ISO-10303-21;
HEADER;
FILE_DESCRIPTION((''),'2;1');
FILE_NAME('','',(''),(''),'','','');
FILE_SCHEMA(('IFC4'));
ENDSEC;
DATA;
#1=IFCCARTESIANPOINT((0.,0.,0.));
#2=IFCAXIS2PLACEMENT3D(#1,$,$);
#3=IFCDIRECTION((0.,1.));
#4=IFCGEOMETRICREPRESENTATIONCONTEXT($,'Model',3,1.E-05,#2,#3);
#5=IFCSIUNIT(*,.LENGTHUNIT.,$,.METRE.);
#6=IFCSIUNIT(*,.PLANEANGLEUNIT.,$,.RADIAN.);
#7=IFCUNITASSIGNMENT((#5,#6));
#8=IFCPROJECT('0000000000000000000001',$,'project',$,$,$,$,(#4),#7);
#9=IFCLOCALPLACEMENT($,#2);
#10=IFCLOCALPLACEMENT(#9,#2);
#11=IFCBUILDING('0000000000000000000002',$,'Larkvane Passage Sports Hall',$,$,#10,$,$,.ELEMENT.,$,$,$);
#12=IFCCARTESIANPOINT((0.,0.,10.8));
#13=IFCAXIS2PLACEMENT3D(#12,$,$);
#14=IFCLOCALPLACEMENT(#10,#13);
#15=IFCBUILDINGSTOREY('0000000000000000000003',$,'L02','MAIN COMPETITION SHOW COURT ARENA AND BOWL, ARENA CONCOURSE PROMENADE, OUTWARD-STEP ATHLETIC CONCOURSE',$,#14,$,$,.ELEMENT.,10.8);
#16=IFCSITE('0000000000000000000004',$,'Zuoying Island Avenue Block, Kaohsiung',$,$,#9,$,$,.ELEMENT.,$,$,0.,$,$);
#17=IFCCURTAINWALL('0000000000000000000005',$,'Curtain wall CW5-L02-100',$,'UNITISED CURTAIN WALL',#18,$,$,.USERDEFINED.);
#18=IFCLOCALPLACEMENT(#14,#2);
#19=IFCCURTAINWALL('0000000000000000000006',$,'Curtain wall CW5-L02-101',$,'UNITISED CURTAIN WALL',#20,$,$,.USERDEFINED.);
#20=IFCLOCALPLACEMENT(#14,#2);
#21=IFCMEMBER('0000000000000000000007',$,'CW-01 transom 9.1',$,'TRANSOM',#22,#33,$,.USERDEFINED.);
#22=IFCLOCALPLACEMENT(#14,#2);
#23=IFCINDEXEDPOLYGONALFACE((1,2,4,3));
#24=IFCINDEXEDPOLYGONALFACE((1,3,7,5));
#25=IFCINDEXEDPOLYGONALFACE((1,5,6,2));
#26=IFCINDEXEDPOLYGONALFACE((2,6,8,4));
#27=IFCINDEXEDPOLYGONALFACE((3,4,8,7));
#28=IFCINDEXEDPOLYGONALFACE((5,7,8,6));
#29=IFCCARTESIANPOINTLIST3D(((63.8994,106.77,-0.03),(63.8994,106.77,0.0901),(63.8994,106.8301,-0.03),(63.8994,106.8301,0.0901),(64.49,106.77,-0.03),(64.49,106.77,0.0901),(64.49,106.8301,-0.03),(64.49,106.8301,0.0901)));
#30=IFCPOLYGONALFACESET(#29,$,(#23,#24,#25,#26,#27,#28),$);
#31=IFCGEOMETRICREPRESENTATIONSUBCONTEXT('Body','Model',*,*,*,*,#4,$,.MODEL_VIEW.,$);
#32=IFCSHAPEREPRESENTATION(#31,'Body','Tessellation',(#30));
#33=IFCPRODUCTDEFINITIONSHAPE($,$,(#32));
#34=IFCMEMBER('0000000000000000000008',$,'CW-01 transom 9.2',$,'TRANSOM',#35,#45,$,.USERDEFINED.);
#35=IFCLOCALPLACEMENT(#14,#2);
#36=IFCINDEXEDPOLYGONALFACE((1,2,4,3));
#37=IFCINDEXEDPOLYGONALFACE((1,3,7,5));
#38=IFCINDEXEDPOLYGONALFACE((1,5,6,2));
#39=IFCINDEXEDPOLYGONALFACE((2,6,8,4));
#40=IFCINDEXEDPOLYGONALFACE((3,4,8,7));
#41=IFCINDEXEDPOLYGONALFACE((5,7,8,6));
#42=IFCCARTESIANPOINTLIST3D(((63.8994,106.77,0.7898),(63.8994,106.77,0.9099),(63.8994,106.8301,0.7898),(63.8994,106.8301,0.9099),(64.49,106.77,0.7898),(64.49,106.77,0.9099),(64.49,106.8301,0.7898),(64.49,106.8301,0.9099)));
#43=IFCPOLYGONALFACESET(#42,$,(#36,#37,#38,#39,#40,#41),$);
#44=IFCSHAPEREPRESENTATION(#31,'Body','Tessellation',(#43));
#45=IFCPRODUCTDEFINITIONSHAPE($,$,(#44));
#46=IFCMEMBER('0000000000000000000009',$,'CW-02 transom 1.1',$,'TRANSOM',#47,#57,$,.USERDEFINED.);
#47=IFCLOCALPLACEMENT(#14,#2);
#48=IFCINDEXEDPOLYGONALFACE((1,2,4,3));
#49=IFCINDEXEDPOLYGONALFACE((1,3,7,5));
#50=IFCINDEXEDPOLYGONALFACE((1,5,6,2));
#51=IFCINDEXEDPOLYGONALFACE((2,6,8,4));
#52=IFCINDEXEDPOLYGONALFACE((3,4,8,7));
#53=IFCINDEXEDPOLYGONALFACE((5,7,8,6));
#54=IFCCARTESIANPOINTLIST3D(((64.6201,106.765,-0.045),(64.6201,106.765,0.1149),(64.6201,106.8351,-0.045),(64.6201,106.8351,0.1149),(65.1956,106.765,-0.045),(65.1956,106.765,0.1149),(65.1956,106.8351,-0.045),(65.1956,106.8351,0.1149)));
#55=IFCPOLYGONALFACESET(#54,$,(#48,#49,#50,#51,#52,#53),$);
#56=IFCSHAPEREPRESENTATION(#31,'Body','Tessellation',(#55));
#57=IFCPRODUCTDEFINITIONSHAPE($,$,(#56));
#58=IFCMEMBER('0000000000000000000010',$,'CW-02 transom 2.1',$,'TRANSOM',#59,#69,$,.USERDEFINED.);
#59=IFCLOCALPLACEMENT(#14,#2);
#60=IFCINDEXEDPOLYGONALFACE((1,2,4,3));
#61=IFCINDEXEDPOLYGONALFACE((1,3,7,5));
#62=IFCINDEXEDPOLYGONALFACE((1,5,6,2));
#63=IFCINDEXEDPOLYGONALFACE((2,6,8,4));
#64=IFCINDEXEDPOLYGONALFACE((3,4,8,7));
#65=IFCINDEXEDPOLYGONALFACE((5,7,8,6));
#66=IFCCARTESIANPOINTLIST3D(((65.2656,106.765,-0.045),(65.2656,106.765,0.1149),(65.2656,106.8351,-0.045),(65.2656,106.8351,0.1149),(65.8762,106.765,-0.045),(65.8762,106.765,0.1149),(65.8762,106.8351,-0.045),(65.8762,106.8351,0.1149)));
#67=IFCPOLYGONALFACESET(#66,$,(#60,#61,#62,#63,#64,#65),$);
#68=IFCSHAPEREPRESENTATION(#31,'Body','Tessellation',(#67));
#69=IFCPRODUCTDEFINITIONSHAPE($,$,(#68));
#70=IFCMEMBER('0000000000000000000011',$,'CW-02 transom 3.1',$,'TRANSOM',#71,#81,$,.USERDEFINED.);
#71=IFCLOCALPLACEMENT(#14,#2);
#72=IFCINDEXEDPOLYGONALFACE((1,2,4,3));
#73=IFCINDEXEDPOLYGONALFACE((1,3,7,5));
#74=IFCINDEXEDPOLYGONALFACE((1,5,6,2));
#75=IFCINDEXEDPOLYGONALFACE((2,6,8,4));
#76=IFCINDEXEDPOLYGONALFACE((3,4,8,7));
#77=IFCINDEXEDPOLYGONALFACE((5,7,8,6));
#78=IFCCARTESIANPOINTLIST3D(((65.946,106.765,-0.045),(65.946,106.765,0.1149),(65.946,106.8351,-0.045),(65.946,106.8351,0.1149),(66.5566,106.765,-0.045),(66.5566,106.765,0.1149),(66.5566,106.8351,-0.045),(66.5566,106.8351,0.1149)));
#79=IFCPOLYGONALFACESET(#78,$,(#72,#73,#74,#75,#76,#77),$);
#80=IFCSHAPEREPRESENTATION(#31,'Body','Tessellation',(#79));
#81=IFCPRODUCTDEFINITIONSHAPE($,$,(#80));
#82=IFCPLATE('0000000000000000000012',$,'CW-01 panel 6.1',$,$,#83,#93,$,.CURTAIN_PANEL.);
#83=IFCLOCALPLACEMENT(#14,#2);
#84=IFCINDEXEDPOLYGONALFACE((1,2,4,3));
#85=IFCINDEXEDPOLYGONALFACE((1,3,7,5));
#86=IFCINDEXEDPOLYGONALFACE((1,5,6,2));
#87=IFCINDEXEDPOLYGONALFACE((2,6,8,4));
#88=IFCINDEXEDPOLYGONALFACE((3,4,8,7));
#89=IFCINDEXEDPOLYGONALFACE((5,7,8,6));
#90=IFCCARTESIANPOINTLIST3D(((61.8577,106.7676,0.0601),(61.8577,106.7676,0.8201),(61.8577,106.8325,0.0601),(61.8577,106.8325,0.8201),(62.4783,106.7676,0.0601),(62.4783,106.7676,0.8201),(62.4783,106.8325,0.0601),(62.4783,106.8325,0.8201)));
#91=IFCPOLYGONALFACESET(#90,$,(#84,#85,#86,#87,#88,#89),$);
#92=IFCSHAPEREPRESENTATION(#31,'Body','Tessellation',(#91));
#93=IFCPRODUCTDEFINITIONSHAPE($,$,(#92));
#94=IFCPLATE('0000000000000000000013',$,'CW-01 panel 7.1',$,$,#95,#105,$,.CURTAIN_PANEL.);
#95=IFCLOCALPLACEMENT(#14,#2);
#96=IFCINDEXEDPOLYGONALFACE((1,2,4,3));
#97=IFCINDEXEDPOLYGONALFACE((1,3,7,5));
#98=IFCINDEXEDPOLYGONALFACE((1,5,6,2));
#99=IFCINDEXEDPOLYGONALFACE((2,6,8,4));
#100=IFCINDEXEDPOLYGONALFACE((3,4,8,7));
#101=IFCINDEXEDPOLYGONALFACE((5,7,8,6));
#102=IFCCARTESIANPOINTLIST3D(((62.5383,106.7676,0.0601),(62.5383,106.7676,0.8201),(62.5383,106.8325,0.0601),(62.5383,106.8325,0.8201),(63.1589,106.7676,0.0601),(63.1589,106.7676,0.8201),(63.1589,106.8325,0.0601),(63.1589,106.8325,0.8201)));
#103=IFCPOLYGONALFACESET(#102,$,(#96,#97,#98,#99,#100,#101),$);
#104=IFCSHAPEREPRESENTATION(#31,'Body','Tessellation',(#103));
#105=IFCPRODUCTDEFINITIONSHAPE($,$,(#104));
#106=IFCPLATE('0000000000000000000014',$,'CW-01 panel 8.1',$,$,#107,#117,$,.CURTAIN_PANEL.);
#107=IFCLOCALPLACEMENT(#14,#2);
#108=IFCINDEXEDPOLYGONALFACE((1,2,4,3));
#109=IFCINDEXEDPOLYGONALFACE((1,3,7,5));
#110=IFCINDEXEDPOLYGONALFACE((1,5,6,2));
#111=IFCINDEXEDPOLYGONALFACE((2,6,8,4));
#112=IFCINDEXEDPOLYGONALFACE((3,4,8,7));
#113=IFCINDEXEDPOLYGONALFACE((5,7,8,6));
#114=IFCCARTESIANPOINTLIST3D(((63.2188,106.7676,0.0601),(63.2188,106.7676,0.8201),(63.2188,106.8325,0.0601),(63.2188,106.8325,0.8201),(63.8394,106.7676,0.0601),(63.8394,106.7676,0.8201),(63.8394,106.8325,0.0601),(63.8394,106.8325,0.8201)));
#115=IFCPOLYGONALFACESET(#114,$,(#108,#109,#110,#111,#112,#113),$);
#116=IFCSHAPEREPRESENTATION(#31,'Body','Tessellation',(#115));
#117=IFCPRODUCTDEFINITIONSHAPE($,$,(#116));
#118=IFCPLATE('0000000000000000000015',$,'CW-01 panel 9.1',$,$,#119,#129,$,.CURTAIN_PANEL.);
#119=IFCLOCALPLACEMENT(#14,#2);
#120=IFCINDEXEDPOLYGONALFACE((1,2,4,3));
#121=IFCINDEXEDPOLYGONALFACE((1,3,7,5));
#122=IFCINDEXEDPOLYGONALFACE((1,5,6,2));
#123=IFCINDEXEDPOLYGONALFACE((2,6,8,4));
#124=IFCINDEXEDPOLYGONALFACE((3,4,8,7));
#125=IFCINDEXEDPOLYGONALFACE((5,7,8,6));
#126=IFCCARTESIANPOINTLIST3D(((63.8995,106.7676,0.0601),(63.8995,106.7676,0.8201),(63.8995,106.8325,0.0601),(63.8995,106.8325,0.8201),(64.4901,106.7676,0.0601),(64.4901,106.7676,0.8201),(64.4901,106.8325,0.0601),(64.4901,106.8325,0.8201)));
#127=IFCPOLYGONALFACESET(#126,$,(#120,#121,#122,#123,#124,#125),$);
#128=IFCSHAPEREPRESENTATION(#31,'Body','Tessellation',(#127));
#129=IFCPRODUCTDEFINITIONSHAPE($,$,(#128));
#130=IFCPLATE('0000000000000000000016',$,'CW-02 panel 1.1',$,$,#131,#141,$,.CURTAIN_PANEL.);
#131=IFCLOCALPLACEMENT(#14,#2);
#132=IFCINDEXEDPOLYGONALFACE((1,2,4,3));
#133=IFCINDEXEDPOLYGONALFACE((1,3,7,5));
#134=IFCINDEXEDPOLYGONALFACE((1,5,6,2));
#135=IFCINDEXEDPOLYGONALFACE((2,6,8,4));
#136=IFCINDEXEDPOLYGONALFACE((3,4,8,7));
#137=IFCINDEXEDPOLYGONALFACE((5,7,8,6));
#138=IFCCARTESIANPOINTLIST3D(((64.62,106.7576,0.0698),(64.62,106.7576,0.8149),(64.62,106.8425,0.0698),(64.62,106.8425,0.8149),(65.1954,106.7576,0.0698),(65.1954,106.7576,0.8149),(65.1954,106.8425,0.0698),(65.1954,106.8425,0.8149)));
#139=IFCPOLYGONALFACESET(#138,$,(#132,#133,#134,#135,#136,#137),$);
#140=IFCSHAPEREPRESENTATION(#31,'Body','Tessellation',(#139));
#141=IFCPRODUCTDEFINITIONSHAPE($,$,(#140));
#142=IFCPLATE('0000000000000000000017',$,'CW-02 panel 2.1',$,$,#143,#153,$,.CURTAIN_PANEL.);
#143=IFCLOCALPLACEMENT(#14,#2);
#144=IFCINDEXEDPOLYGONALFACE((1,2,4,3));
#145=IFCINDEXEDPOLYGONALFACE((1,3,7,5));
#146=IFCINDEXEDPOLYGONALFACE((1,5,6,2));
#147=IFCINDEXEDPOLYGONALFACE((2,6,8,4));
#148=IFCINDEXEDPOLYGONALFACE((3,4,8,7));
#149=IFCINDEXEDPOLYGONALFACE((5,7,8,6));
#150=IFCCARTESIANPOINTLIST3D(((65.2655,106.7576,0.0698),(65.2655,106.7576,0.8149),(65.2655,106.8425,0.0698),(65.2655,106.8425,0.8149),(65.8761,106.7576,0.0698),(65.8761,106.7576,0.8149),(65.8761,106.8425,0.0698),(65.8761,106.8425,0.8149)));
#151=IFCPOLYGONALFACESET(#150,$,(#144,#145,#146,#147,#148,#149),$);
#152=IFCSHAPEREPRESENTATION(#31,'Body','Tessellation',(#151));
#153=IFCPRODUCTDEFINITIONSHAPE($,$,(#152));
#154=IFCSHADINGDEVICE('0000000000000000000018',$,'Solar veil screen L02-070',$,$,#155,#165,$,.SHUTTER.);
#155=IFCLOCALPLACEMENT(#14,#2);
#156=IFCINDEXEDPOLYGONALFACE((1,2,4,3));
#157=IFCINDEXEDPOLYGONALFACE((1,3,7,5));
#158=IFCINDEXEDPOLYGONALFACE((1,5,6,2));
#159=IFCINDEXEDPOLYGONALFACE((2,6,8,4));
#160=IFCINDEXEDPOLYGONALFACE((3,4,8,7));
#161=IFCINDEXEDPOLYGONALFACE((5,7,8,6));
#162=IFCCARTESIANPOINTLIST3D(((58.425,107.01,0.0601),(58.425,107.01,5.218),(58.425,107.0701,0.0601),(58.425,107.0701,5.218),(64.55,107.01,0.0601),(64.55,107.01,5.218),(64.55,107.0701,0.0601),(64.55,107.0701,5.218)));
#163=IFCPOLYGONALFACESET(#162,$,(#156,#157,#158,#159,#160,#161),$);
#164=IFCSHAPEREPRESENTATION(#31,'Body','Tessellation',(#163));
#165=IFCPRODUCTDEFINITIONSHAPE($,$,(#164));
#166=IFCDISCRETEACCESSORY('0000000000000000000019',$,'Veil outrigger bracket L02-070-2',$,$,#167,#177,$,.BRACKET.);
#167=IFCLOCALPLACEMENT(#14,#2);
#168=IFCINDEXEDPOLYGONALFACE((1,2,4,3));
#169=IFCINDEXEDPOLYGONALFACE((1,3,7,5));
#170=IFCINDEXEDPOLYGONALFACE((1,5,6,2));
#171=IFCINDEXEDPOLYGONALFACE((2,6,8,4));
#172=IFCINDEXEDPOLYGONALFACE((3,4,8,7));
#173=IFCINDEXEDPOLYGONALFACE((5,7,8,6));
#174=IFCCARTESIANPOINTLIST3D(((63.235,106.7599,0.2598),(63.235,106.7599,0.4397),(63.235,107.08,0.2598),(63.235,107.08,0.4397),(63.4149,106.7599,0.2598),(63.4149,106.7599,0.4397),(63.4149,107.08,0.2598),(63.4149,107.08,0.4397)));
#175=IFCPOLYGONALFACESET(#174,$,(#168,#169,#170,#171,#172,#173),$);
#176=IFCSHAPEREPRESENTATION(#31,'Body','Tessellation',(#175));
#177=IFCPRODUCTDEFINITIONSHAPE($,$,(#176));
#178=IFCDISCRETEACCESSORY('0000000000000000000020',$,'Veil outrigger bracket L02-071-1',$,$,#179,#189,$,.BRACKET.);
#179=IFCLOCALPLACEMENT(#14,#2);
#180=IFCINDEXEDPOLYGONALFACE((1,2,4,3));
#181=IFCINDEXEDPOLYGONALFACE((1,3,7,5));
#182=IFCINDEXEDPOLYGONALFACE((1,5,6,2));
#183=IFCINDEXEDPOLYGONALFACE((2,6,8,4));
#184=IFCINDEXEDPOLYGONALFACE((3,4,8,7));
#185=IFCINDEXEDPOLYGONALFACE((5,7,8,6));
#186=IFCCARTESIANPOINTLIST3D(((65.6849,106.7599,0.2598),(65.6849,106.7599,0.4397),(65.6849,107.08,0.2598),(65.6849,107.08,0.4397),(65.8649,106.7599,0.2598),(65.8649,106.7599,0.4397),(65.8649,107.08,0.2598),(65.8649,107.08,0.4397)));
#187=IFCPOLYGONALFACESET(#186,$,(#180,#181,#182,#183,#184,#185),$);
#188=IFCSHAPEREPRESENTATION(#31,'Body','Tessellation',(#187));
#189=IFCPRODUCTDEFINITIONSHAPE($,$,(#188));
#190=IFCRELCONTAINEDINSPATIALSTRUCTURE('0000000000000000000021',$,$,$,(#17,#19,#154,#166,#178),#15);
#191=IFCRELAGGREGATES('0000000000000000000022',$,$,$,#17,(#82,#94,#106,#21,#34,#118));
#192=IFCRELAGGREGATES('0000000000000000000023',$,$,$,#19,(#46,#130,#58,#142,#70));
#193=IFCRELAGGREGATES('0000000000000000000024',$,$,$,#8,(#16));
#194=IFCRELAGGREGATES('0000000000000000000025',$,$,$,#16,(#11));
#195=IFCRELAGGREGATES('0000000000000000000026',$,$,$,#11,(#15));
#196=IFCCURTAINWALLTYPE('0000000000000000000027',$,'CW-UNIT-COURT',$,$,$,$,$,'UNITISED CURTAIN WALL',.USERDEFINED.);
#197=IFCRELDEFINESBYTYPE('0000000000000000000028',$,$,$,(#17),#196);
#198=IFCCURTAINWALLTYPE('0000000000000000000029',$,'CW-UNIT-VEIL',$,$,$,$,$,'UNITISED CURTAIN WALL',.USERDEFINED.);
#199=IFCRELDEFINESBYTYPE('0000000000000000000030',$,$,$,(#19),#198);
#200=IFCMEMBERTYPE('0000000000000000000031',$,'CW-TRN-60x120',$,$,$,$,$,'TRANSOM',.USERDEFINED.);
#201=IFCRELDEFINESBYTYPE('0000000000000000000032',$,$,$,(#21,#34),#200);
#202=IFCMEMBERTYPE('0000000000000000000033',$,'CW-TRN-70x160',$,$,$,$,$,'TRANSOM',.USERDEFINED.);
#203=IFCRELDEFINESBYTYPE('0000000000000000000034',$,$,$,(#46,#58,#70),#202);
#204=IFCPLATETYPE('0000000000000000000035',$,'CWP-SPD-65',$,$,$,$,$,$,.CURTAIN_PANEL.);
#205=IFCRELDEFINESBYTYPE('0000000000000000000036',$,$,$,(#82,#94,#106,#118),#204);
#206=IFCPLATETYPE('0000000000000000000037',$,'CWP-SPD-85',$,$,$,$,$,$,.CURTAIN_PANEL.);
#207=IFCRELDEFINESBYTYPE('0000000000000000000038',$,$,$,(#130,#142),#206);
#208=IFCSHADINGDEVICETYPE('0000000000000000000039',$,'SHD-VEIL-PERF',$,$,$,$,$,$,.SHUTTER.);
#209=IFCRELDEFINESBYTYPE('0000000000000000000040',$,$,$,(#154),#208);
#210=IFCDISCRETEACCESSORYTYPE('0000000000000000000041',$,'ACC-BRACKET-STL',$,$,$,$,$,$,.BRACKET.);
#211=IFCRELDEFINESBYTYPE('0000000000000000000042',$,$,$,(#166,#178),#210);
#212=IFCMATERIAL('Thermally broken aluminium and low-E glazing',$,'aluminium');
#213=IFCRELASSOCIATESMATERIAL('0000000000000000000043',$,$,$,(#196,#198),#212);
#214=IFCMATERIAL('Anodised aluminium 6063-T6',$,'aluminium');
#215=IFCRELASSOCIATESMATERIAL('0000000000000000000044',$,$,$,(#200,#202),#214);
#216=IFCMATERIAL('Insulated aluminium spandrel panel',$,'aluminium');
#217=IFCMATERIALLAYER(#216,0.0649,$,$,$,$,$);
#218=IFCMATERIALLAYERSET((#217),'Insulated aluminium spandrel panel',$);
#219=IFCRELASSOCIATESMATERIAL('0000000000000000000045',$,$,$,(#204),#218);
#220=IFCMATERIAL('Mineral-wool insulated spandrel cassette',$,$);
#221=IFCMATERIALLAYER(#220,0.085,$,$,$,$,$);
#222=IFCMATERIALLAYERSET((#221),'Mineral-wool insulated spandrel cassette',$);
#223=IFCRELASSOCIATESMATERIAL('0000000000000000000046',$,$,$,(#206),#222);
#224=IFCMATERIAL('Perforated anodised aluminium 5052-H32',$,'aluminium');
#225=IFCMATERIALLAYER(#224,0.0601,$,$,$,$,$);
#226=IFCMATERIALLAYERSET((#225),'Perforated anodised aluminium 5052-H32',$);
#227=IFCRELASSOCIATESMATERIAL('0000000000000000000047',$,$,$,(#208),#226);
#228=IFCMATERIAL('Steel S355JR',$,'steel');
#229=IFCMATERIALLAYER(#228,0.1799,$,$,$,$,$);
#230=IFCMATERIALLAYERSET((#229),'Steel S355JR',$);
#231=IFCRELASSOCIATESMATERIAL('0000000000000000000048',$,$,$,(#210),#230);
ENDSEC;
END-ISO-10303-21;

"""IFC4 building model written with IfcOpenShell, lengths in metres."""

from ifc_helpers import new_model, si_unit, direction, frame, origin, origin_2d, place, context, subcontext, project, spatial, rectangle, extrude, material, layer, layer_set, material_profile, profile_set, type_object, element, aggregate, save


model = new_model("IFC4")

# Units and contexts
model_context = context("Model", 3, precision=1e-05, world=origin(), true_north=direction((0.0, 1.0)))
body_context = subcontext(model_context, "Body", "Model", "MODEL_VIEW")
ifc_project = project(units=[si_unit("LENGTHUNIT", "METRE"), si_unit("PLANEANGLEUNIT", "RADIAN")], contexts=[model_context])

# Site, building, storey
site_placement = place(None, origin())
site = spatial("IfcSite", under=ifc_project, at=site_placement, Name="Zuoying Island Avenue Block, Kaohsiung", CompositionType="ELEMENT", RefElevation=0.0)
building_placement = place(site_placement, origin())
building = spatial("IfcBuilding", under=site, at=building_placement, Name="Larkvane Passage Sports Hall", CompositionType="ELEMENT")
storey_placement = place(building_placement, frame((0.0, 0.0, 10.8)))
storey = spatial("IfcBuildingStorey", under=building, at=storey_placement, Name="L02", Description="MAIN COMPETITION SHOW COURT ARENA AND BOWL, ARENA CONCOURSE PROMENADE, OUTWARD-STEP ATHLETIC CONCOURSE", CompositionType="ELEMENT", Elevation=10.8)

# Curtain walls
ifc_material_1 = material(Name="Thermally broken aluminium and low-E glazing", Category="aluminium")
curtain_wall_type_1 = type_object("IfcCurtainWallType", Name="CW-UNIT-COURT", ElementType="UNITISED CURTAIN WALL", PredefinedType="USERDEFINED", material=ifc_material_1)
curtain_wall_1_placement = place(storey_placement, origin())
curtain_wall_1 = element("IfcCurtainWall", 1, at=curtain_wall_1_placement, inside=storey, type_object=curtain_wall_type_1, Name="Curtain wall CW5-L02-100", ObjectType="UNITISED CURTAIN WALL", PredefinedType="USERDEFINED")
ifc_material_2 = material(Name="Anodised aluminium 6063-T6", Category="aluminium")
curtain_wall_type_2 = type_object("IfcCurtainWallType", Name="CW-UNIT-VEIL", ElementType="UNITISED CURTAIN WALL", PredefinedType="USERDEFINED", material=ifc_material_1)
curtain_wall_2_placement = place(storey_placement, origin())
curtain_wall_2 = element("IfcCurtainWall", 2, at=curtain_wall_2_placement, inside=storey, type_object=curtain_wall_type_2, Name="Curtain wall CW5-L02-101", ObjectType="UNITISED CURTAIN WALL", PredefinedType="USERDEFINED")

# Members
ifc_material_profile_1 = material_profile(ifc_material_2, rectangle(XDim=0.0601, YDim=0.1201, at=origin_2d()), Name="ALU-TRN-60x120")
ifc_profile_set_1 = profile_set([ifc_material_profile_1], Name="Anodised aluminium 6063-T6")
member_type_1 = type_object("IfcMemberType", Name="CW-TRN-60x120", ElementType="TRANSOM", PredefinedType="USERDEFINED", material=ifc_profile_set_1)
member_1_placement = place(storey_placement, frame((63.8994, 106.8, 0.03), z_axis=(1.0, 0.0, 0.0), x_axis=(0.0, 1.0, 0.0)))
member_1 = element("IfcMember", 3, at=member_1_placement, type_object=member_type_1, Name="CW-01 transom 9.1", ObjectType="TRANSOM", PredefinedType="USERDEFINED", context=body_context, shape_type="SweptSolid", body=[
    extrude(rectangle(XDim=0.0601, YDim=0.1201, at=origin_2d()), origin(), (0.0, 0.0, 1.0), 0.5906),
])
member_2_placement = place(storey_placement, frame((63.8994, 106.8, 0.8499), z_axis=(1.0, 0.0, 0.0), x_axis=(0.0, 1.0, 0.0)))
member_2 = element("IfcMember", 4, at=member_2_placement, type_object=member_type_1, Name="CW-01 transom 9.2", ObjectType="TRANSOM", PredefinedType="USERDEFINED", context=body_context, shape_type="SweptSolid", body=[
    extrude(rectangle(XDim=0.0601, YDim=0.1201, at=origin_2d()), origin(), (0.0, 0.0, 1.0), 0.5906),
])
ifc_material_profile_2 = material_profile(ifc_material_2, rectangle(XDim=0.0701, YDim=0.1599, at=origin_2d()), Name="ALU-TRN-70x160")
ifc_profile_set_2 = profile_set([ifc_material_profile_2], Name="Anodised aluminium 6063-T6")
member_type_2 = type_object("IfcMemberType", Name="CW-TRN-70x160", ElementType="TRANSOM", PredefinedType="USERDEFINED", material=ifc_profile_set_2)
member_3_placement = place(storey_placement, frame((64.6201, 106.8, 0.0349), z_axis=(1.0, 0.0, 0.0), x_axis=(0.0, 1.0, 0.0)))
member_3 = element("IfcMember", 5, at=member_3_placement, type_object=member_type_2, Name="CW-02 transom 1.1", ObjectType="TRANSOM", PredefinedType="USERDEFINED", context=body_context, shape_type="SweptSolid", body=[
    extrude(rectangle(XDim=0.0701, YDim=0.1599, at=origin_2d()), origin(), (0.0, 0.0, 1.0), 0.5754),
])
member_4_placement = place(storey_placement, frame((65.2656, 106.8, 0.0349), z_axis=(1.0, 0.0, 0.0), x_axis=(0.0, 1.0, 0.0)))
member_4 = element("IfcMember", 6, at=member_4_placement, type_object=member_type_2, Name="CW-02 transom 2.1", ObjectType="TRANSOM", PredefinedType="USERDEFINED", context=body_context, shape_type="SweptSolid", body=[
    extrude(rectangle(XDim=0.0701, YDim=0.1599, at=origin_2d()), origin(), (0.0, 0.0, 1.0), 0.6106),
])
member_5_placement = place(storey_placement, frame((65.946, 106.8, 0.0349), z_axis=(1.0, 0.0, 0.0), x_axis=(0.0, 1.0, 0.0)))
member_5 = element("IfcMember", 7, at=member_5_placement, type_object=member_type_2, Name="CW-02 transom 3.1", ObjectType="TRANSOM", PredefinedType="USERDEFINED", context=body_context, shape_type="SweptSolid", body=[
    extrude(rectangle(XDim=0.0701, YDim=0.1599, at=origin_2d()), origin(), (0.0, 0.0, 1.0), 0.6106),
])

# Plates
ifc_material_3 = material(Name="Insulated aluminium spandrel panel", Category="aluminium")
ifc_layer_1 = layer(ifc_material_3, 0.0649)
ifc_layer_set_1 = layer_set([ifc_layer_1], Name="Insulated aluminium spandrel panel")
plate_type_1 = type_object("IfcPlateType", Name="CWP-SPD-65", PredefinedType="CURTAIN_PANEL", material=ifc_layer_set_1)
plate_1_placement = place(storey_placement, frame((62.168, 106.8, 0.0601), z_axis=(0.0, 0.0, 1.0), x_axis=(1.0, 0.0, 0.0)))
plate_1 = element("IfcPlate", 8, at=plate_1_placement, type_object=plate_type_1, Name="CW-01 panel 6.1", PredefinedType="CURTAIN_PANEL", context=body_context, shape_type="SweptSolid", body=[
    extrude(rectangle(XDim=0.6206, YDim=0.0649, at=origin_2d()), origin(), (0.0, 0.0, 1.0), 0.76),
])
plate_2_placement = place(storey_placement, frame((62.8486, 106.8, 0.0601), z_axis=(0.0, 0.0, 1.0), x_axis=(1.0, 0.0, 0.0)))
plate_2 = element("IfcPlate", 9, at=plate_2_placement, type_object=plate_type_1, Name="CW-01 panel 7.1", PredefinedType="CURTAIN_PANEL", context=body_context, shape_type="SweptSolid", body=[
    extrude(rectangle(XDim=0.6206, YDim=0.0649, at=origin_2d()), origin(), (0.0, 0.0, 1.0), 0.76),
])
plate_3_placement = place(storey_placement, frame((63.5291, 106.8, 0.0601), z_axis=(0.0, 0.0, 1.0), x_axis=(1.0, 0.0, 0.0)))
plate_3 = element("IfcPlate", 10, at=plate_3_placement, type_object=plate_type_1, Name="CW-01 panel 8.1", PredefinedType="CURTAIN_PANEL", context=body_context, shape_type="SweptSolid", body=[
    extrude(rectangle(XDim=0.6206, YDim=0.0649, at=origin_2d()), origin(), (0.0, 0.0, 1.0), 0.76),
])
plate_4_placement = place(storey_placement, frame((64.1948, 106.8, 0.0601), z_axis=(0.0, 0.0, 1.0), x_axis=(1.0, 0.0, 0.0)))
plate_4 = element("IfcPlate", 11, at=plate_4_placement, type_object=plate_type_1, Name="CW-01 panel 9.1", PredefinedType="CURTAIN_PANEL", context=body_context, shape_type="SweptSolid", body=[
    extrude(rectangle(XDim=0.5906, YDim=0.0649, at=origin_2d()), origin(), (0.0, 0.0, 1.0), 0.76),
])
aggregate(curtain_wall_1, [plate_1, plate_2, plate_3, member_1, member_2, plate_4])
ifc_material_4 = material(Name="Mineral-wool insulated spandrel cassette")
ifc_layer_2 = layer(ifc_material_4, 0.085)
ifc_layer_set_2 = layer_set([ifc_layer_2], Name="Mineral-wool insulated spandrel cassette")
plate_type_2 = type_object("IfcPlateType", Name="CWP-SPD-85", PredefinedType="CURTAIN_PANEL", material=ifc_layer_set_2)
plate_5_placement = place(storey_placement, frame((64.9077, 106.8, 0.0698), z_axis=(0.0, 0.0, 1.0), x_axis=(1.0, 0.0, 0.0)))
plate_5 = element("IfcPlate", 12, at=plate_5_placement, type_object=plate_type_2, Name="CW-02 panel 1.1", PredefinedType="CURTAIN_PANEL", context=body_context, shape_type="SweptSolid", body=[
    extrude(rectangle(XDim=0.5754, YDim=0.085, at=origin_2d()), origin(), (0.0, 0.0, 1.0), 0.7451),
])
plate_6_placement = place(storey_placement, frame((65.5708, 106.8, 0.0698), z_axis=(0.0, 0.0, 1.0), x_axis=(1.0, 0.0, 0.0)))
plate_6 = element("IfcPlate", 13, at=plate_6_placement, type_object=plate_type_2, Name="CW-02 panel 2.1", PredefinedType="CURTAIN_PANEL", context=body_context, shape_type="SweptSolid", body=[
    extrude(rectangle(XDim=0.6106, YDim=0.085, at=origin_2d()), origin(), (0.0, 0.0, 1.0), 0.7451),
])
aggregate(curtain_wall_2, [member_3, plate_5, member_4, plate_6, member_5])

# Shading device
ifc_material_5 = material(Name="Perforated anodised aluminium 5052-H32", Category="aluminium")
ifc_layer_3 = layer(ifc_material_5, 0.0601)
ifc_layer_set_3 = layer_set([ifc_layer_3], Name="Perforated anodised aluminium 5052-H32")
shading_device_type = type_object("IfcShadingDeviceType", Name="SHD-VEIL-PERF", PredefinedType="SHUTTER", material=ifc_layer_set_3)
shading_device_placement = place(storey_placement, frame((61.4875, 107.04, 0.0601), z_axis=(0.0, 0.0, 1.0), x_axis=(1.0, 0.0, 0.0)))
element("IfcShadingDevice", 14, at=shading_device_placement, inside=storey, type_object=shading_device_type, Name="Solar veil screen L02-070", PredefinedType="SHUTTER", context=body_context, shape_type="SweptSolid", body=[
    extrude(rectangle(XDim=6.125, YDim=0.0601, at=origin_2d()), origin(), (0.0, 0.0, 1.0), 5.158),
])

# Discrete accessories
ifc_material_6 = material(Name="Steel S355JR", Category="steel")
ifc_layer_4 = layer(ifc_material_6, 0.1799)
ifc_layer_set_4 = layer_set([ifc_layer_4], Name="Steel S355JR")
discrete_accessory_type = type_object("IfcDiscreteAccessoryType", Name="ACC-BRACKET-STL", PredefinedType="BRACKET", material=ifc_layer_set_4)
for number, where, z_axis, x_axis, name in (
    (15, (63.325, 106.9199, 0.2598), (0.0, 0.0, 1.0), (1.0, 0.0, 0.0), "Veil outrigger bracket L02-070-2"),
    (16, (65.7749, 106.9199, 0.2598), (0.0, 0.0, 1.0), (1.0, 0.0, 0.0), "Veil outrigger bracket L02-071-1"),
):
    element("IfcDiscreteAccessory", number, at=place(storey_placement, frame(where, z_axis=z_axis, x_axis=x_axis)), inside=storey, type_object=discrete_accessory_type, Name=name, PredefinedType="BRACKET", context=body_context, shape_type="SweptSolid", body=[
        extrude(rectangle(XDim=0.1799, YDim=0.3201, at=origin_2d()), origin(), (0.0, 0.0, 1.0), 0.1799),
    ])

save(model, "model.ifc")
